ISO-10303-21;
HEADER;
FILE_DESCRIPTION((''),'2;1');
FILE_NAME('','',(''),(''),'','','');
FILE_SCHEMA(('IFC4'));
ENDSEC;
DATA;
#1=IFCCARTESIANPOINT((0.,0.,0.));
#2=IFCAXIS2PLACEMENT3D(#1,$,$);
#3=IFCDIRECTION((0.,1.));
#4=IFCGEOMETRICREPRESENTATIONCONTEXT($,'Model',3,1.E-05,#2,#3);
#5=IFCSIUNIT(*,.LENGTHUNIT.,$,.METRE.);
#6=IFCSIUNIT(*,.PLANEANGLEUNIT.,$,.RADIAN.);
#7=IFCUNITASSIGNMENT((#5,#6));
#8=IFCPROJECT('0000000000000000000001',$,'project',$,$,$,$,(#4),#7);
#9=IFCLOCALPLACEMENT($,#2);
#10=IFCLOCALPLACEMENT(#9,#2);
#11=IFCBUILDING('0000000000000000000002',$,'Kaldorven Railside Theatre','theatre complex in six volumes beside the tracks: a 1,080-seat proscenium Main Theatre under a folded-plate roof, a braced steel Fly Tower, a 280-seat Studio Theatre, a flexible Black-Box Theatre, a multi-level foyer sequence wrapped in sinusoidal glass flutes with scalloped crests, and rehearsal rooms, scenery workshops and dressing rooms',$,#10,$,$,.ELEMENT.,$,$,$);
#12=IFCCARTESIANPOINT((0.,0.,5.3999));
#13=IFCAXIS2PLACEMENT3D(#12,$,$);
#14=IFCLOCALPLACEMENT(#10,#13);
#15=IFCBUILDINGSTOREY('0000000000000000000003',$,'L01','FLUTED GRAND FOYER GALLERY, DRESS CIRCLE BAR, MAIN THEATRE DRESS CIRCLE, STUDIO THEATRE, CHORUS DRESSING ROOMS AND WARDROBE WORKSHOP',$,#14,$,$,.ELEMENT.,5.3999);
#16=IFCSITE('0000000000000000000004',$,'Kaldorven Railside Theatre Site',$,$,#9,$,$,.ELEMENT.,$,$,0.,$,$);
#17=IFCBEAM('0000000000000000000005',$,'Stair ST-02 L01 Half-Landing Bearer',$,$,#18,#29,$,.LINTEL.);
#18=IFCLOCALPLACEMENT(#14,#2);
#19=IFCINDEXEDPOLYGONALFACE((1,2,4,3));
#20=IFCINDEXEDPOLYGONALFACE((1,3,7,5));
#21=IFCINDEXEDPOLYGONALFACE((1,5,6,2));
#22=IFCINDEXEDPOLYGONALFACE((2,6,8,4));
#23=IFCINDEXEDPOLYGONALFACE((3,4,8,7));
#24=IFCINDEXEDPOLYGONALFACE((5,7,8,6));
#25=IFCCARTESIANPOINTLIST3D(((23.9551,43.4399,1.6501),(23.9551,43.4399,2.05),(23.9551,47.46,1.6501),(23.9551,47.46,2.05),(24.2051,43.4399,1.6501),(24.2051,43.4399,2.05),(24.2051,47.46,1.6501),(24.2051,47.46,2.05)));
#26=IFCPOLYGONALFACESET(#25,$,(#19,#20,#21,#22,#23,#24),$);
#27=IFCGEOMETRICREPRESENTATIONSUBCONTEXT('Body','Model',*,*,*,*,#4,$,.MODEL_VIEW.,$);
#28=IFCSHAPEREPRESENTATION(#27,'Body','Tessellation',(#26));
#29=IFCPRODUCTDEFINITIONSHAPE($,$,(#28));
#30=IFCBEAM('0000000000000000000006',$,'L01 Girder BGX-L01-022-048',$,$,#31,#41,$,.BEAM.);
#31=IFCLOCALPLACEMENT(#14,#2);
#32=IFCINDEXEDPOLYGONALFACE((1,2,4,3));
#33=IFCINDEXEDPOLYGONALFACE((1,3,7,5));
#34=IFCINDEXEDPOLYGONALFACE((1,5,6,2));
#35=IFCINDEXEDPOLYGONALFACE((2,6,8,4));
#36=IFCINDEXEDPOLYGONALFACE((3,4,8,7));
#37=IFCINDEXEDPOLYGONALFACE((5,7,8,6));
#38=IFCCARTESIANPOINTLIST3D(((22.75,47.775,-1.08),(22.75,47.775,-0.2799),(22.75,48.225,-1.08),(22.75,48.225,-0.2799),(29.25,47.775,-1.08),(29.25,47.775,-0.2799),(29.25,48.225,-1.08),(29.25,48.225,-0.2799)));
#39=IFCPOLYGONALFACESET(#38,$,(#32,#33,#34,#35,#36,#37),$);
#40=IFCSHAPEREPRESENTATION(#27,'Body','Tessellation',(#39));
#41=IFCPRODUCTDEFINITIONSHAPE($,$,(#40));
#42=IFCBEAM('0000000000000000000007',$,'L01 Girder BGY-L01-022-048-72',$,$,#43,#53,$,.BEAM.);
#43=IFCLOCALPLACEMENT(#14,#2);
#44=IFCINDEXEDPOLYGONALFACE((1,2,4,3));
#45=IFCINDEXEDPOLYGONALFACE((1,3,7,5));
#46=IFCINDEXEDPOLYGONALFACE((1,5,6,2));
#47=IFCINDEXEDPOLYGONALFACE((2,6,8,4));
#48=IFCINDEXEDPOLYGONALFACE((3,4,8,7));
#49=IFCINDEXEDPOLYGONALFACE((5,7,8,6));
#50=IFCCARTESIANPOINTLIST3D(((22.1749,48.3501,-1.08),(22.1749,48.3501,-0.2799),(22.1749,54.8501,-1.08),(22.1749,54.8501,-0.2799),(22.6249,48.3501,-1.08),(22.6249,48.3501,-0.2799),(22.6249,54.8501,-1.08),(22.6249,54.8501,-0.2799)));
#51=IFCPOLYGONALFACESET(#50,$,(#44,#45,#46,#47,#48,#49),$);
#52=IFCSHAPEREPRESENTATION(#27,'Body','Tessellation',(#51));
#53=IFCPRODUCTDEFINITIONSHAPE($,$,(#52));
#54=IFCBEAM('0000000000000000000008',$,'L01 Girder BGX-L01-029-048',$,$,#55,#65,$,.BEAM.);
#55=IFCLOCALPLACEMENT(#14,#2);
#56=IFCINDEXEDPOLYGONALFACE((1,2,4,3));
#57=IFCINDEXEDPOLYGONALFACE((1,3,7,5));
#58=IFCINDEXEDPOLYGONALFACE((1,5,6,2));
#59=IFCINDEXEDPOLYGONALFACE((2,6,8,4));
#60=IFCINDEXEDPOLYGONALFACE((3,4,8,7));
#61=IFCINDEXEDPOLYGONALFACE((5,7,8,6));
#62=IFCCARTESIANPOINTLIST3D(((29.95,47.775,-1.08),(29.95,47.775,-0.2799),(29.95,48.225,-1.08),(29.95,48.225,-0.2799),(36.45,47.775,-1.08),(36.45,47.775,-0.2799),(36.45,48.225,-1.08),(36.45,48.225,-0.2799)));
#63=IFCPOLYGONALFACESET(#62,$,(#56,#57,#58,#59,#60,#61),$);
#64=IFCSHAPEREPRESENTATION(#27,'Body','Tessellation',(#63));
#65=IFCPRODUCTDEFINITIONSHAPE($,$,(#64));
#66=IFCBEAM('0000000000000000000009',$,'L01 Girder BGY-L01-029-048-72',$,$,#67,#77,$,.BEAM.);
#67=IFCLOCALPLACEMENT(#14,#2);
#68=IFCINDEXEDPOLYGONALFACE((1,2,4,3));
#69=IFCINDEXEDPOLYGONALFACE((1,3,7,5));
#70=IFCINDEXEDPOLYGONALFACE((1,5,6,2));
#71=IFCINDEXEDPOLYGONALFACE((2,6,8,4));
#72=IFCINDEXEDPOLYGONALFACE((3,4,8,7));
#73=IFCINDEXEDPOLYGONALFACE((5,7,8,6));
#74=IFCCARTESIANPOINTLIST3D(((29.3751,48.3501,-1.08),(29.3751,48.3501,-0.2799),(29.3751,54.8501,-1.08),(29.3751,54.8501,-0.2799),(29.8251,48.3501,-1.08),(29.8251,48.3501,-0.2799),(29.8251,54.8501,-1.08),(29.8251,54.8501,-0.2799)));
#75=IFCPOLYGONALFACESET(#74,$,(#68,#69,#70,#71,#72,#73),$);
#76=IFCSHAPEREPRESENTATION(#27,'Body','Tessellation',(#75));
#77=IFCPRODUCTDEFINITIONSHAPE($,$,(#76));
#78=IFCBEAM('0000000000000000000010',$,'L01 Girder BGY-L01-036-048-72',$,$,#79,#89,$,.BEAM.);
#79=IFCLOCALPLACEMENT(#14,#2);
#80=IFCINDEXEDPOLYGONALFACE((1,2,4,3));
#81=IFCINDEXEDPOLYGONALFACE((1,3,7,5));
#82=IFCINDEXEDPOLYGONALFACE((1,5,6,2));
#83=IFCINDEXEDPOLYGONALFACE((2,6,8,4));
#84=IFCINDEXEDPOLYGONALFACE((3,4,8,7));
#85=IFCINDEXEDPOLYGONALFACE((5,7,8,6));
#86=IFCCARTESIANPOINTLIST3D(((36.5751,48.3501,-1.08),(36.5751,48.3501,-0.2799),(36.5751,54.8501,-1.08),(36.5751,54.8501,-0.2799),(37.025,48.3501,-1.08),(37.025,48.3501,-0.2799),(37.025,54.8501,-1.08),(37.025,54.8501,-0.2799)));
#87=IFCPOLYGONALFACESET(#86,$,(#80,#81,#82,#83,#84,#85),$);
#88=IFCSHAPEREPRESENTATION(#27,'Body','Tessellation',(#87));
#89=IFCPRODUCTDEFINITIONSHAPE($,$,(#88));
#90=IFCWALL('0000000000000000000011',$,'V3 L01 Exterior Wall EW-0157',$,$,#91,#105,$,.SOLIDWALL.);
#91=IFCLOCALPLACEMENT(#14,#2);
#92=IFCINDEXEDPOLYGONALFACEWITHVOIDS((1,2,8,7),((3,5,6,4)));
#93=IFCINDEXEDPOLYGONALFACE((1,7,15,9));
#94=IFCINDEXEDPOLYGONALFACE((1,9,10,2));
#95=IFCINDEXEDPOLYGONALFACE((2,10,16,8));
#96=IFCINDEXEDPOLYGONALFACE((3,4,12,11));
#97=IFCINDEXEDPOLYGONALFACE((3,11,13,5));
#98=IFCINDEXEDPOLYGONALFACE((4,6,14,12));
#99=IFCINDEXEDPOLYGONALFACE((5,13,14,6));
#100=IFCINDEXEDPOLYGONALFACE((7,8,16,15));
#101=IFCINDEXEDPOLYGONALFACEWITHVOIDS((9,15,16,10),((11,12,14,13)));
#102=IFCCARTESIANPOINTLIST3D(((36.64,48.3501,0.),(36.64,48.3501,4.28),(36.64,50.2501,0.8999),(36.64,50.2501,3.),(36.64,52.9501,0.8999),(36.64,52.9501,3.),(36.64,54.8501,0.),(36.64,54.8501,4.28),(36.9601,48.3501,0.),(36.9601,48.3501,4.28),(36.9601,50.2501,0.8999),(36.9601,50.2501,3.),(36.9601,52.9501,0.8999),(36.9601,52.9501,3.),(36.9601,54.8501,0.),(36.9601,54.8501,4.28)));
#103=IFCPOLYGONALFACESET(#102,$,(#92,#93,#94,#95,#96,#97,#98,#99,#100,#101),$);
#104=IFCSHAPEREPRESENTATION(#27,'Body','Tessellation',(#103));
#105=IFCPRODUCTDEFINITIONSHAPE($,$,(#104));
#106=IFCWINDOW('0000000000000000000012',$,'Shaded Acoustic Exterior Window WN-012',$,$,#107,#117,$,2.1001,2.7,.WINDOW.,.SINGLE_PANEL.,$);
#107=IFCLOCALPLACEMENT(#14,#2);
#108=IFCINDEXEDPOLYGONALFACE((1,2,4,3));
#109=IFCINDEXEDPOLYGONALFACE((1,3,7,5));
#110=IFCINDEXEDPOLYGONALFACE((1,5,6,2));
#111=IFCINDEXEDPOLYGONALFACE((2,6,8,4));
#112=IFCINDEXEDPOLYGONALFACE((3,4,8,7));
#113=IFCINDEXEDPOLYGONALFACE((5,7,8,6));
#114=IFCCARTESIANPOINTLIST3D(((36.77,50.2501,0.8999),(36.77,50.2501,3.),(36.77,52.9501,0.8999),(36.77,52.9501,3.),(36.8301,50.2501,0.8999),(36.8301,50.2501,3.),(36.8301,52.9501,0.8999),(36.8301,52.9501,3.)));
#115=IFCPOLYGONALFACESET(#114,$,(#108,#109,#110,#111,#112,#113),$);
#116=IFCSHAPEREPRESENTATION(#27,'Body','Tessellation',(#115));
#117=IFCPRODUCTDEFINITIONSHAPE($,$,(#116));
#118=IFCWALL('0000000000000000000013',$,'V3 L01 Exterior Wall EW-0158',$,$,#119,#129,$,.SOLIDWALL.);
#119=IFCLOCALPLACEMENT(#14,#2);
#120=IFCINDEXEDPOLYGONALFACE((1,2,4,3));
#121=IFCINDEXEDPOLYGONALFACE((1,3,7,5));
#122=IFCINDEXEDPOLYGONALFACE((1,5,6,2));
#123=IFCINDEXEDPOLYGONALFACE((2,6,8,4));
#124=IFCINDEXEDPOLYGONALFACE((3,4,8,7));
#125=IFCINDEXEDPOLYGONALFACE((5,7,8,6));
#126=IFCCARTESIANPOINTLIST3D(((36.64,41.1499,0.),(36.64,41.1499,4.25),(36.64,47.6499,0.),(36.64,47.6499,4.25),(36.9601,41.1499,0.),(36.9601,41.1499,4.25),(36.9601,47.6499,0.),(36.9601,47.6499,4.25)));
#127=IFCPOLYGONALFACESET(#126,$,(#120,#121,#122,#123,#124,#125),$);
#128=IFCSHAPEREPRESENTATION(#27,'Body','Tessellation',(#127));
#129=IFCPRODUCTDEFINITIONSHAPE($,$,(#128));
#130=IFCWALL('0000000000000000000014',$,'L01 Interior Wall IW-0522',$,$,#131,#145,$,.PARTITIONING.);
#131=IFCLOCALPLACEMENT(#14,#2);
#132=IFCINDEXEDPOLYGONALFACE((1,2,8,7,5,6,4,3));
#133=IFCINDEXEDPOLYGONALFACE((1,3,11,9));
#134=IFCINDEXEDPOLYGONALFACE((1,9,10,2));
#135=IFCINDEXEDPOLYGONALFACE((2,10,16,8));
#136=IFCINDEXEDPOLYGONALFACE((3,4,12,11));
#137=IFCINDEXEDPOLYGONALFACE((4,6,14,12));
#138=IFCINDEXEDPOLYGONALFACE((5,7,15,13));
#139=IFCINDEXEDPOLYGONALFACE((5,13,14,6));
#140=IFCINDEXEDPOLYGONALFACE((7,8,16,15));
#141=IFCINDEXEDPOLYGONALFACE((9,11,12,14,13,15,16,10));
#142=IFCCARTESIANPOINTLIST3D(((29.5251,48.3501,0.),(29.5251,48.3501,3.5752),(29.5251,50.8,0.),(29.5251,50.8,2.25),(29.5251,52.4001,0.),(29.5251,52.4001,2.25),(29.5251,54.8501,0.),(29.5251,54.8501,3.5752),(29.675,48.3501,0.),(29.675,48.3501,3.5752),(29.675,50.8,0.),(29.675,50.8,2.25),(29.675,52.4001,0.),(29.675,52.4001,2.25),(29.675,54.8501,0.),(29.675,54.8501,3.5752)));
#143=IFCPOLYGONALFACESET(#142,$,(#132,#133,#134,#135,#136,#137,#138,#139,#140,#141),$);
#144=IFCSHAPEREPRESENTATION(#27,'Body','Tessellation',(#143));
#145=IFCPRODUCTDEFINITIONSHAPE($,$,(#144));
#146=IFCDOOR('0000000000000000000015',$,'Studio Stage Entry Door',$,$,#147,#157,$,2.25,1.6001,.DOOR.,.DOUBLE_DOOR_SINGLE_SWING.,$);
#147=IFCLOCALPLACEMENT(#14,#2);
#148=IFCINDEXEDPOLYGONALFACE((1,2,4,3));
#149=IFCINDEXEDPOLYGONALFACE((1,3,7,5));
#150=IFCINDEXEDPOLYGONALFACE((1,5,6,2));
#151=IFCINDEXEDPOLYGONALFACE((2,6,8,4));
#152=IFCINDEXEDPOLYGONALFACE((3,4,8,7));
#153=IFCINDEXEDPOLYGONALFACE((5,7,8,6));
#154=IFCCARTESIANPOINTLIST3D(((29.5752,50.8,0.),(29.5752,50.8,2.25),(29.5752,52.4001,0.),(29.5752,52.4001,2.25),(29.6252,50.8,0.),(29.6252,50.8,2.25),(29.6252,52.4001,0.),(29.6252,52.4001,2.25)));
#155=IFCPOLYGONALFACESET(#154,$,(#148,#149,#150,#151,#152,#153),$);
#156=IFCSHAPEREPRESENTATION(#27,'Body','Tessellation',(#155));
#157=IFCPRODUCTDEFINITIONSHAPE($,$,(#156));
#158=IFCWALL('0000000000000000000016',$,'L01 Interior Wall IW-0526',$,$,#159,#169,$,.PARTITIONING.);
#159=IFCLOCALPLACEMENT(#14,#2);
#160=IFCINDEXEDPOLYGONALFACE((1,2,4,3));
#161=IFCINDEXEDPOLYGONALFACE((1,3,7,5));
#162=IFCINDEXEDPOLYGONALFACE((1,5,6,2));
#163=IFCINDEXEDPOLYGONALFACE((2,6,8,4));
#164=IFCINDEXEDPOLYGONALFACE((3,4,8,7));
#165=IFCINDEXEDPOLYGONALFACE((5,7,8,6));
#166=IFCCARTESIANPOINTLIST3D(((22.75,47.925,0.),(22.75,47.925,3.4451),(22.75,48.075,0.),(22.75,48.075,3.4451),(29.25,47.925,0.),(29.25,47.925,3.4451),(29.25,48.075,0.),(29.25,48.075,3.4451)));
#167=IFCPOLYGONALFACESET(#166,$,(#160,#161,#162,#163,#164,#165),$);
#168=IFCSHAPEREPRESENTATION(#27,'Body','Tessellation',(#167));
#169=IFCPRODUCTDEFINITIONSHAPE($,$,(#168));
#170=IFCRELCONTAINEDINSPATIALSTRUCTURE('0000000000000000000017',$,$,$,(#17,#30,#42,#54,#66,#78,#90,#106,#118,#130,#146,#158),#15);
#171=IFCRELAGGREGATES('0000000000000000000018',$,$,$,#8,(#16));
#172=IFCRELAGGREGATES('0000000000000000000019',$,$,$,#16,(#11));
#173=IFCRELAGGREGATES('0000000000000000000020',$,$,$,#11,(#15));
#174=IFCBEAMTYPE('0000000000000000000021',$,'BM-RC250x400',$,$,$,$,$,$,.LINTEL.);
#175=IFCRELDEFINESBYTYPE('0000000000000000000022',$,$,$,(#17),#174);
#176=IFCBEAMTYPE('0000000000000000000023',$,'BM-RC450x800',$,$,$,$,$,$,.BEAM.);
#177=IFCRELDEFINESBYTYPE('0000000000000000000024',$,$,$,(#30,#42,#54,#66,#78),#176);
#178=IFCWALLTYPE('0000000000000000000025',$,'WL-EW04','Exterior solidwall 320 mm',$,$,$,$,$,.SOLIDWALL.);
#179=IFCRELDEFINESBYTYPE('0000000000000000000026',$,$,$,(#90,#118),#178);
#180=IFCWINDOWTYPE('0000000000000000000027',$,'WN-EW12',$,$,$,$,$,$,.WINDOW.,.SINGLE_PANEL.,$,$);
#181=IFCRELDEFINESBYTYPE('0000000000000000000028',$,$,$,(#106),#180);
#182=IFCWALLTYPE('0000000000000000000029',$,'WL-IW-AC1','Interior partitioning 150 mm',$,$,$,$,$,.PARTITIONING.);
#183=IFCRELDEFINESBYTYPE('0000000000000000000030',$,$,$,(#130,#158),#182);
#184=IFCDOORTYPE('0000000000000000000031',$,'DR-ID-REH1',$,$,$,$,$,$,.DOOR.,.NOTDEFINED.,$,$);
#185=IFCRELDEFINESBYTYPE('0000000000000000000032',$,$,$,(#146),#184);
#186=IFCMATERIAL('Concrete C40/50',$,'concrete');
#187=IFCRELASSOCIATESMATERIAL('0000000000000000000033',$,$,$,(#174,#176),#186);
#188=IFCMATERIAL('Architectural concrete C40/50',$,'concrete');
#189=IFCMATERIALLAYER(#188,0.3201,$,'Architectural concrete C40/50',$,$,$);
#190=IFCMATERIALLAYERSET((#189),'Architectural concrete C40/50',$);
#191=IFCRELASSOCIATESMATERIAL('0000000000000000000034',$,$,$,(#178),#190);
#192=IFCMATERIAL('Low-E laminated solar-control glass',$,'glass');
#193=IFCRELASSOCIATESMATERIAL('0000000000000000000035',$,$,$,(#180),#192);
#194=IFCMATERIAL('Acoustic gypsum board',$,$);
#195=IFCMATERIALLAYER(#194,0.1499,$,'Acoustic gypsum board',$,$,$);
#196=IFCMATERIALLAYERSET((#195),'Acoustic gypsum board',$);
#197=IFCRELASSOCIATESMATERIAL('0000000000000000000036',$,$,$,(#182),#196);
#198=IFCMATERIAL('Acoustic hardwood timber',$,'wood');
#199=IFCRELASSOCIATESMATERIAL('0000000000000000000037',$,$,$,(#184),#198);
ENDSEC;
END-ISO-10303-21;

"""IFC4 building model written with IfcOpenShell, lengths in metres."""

from ifc_helpers import new_model, si_unit, direction, frame, frame_2d, origin, origin_2d, place, context, subcontext, project, spatial, rectangle, extrude, material, layer, layer_set, material_profile, profile_set, type_object, element, fill, save


model = new_model("IFC4")

# Units and contexts
model_context = context("Model", 3, precision=1e-05, world=origin(), true_north=direction((0.0, 1.0)))
body_context = subcontext(model_context, "Body", "Model", "MODEL_VIEW")
ifc_project = project(units=[si_unit("LENGTHUNIT", "METRE"), si_unit("PLANEANGLEUNIT", "RADIAN")], contexts=[model_context])

# Site, building, storey
site_placement = place(None, origin())
site = spatial("IfcSite", under=ifc_project, at=site_placement, Name="Kaldorven Railside Theatre Site", CompositionType="ELEMENT", RefElevation=0.0)
building_placement = place(site_placement, origin())
building = spatial("IfcBuilding", under=site, at=building_placement, Name="Kaldorven Railside Theatre", Description="theatre complex in six volumes beside the tracks: a 1,080-seat proscenium Main Theatre under a folded-plate roof, a braced steel Fly Tower, a 280-seat Studio Theatre, a flexible Black-Box Theatre, a multi-level foyer sequence wrapped in sinusoidal glass flutes with scalloped crests, and rehearsal rooms, scenery workshops and dressing rooms", CompositionType="ELEMENT")
storey_placement = place(building_placement, frame((0.0, 0.0, 5.3999)))
storey = spatial("IfcBuildingStorey", under=building, at=storey_placement, Name="L01", Description="FLUTED GRAND FOYER GALLERY, DRESS CIRCLE BAR, MAIN THEATRE DRESS CIRCLE, STUDIO THEATRE, CHORUS DRESSING ROOMS AND WARDROBE WORKSHOP", CompositionType="ELEMENT", Elevation=5.3999)

# Shared definitions
ifc_material_1 = material(Name="Concrete C40/50", Category="concrete")

# Beams
ifc_material_profile_1 = material_profile(ifc_material_1, rectangle(XDim=0.25, YDim=0.3999, at=origin_2d()), Name="RC 250x400")
ifc_profile_set_1 = profile_set([ifc_material_profile_1], Name="Concrete C40/50")
beam_type_1 = type_object("IfcBeamType", Name="BM-RC250x400", PredefinedType="LINTEL", material=ifc_profile_set_1)
for number, where, z_axis, x_axis, name in (
    (1, (24.0801, 43.4399, 1.8501), (0.0, 1.0, 0.0), (-1.0, 0.0, 0.0), "Stair ST-02 L01 Half-Landing Bearer"),
):
    element("IfcBeam", number, at=place(storey_placement, frame(where, z_axis=z_axis, x_axis=x_axis)), inside=storey, type_object=beam_type_1, Name=name, PredefinedType="LINTEL", context=body_context, shape_type="SweptSolid", body=[
        extrude(rectangle(XDim=0.25, YDim=0.3999, at=origin_2d()), origin(), (0.0, 0.0, 1.0), 4.02),
    ])
ifc_material_profile_2 = material_profile(ifc_material_1, rectangle(XDim=0.45, YDim=0.8, at=origin_2d()), Name="RC 450x800")
ifc_profile_set_2 = profile_set([ifc_material_profile_2], Name="Concrete C40/50")
beam_type_2 = type_object("IfcBeamType", Name="BM-RC450x800", PredefinedType="BEAM", material=ifc_profile_set_2)
for number, where, z_axis, x_axis, name in (
    (2, (22.75, 48.0, -0.6799), (1.0, 0.0, 0.0), (0.0, 1.0, 0.0), "L01 Girder BGX-L01-022-048"),
    (3, (22.3999, 48.3501, -0.6799), (0.0, 1.0, 0.0), (-1.0, 0.0, 0.0), "L01 Girder BGY-L01-022-048-72"),
    (4, (29.95, 48.0, -0.6799), (1.0, 0.0, 0.0), (0.0, 1.0, 0.0), "L01 Girder BGX-L01-029-048"),
    (5, (29.6001, 48.3501, -0.6799), (0.0, 1.0, 0.0), (-1.0, 0.0, 0.0), "L01 Girder BGY-L01-029-048-72"),
    (6, (36.8, 48.3501, -0.6799), (0.0, 1.0, 0.0), (-1.0, 0.0, 0.0), "L01 Girder BGY-L01-036-048-72"),
):
    element("IfcBeam", number, at=place(storey_placement, frame(where, z_axis=z_axis, x_axis=x_axis)), inside=storey, type_object=beam_type_2, Name=name, PredefinedType="BEAM", context=body_context, shape_type="SweptSolid", body=[
        extrude(rectangle(XDim=0.45, YDim=0.8, at=origin_2d()), origin(), (0.0, 0.0, 1.0), 6.5),
    ])

# Wall, opening, window
ifc_material_2 = material(Name="Architectural concrete C40/50", Category="concrete")
ifc_layer_1 = layer(ifc_material_2, 0.3201, Name="Architectural concrete C40/50")
ifc_layer_set_1 = layer_set([ifc_layer_1], Name="Architectural concrete C40/50")
wall_type_1 = type_object("IfcWallType", Name="WL-EW04", Description="Exterior solidwall 320 mm", PredefinedType="SOLIDWALL", material=ifc_layer_set_1)
wall_1_placement = place(storey_placement, frame((36.8, 54.8501, 0.0), z_axis=(0.0, 0.0, 1.0), x_axis=(0.0, -1.0, 0.0)))
wall_1 = element("IfcWall", 7, at=wall_1_placement, inside=storey, type_object=wall_type_1, Name="V3 L01 Exterior Wall EW-0157", PredefinedType="SOLIDWALL", context=body_context, shape_type="SweptSolid", body=[
    extrude(rectangle(XDim=6.5, YDim=0.3201, at=frame_2d((3.25, 0.0))), origin(), (0.0, 0.0, 1.0), 4.28),
])
opening_1_placement = place(wall_1_placement, frame((1.8999, 0.0, 0.8999)))
opening_1 = element("IfcOpeningElement", 8, at=opening_1_placement, cuts=wall_1, PredefinedType="OPENING", context=body_context, shape_type="SweptSolid", body=[
    extrude(rectangle(XDim=2.7, YDim=2.1001, at=frame_2d((1.3501, 1.05))), frame((0.0, 0.1699, 0.0), z_axis=(0.0, -1.0, 0.0), x_axis=(1.0, 0.0, 0.0)), (0.0, 0.0, 1.0), 0.3401),
])
ifc_material_3 = material(Name="Low-E laminated solar-control glass", Category="glass")
window_type = type_object("IfcWindowType", Name="WN-EW12", PartitioningType="SINGLE_PANEL", PredefinedType="WINDOW", material=ifc_material_3)
window_placement = place(opening_1_placement, origin())
window = element("IfcWindow", 9, at=window_placement, inside=storey, type_object=window_type, Name="Shaded Acoustic Exterior Window WN-012", OverallHeight=2.1001, OverallWidth=2.7, PartitioningType="SINGLE_PANEL", PredefinedType="WINDOW", context=body_context, shape_type="SweptSolid", body=[
    extrude(rectangle(XDim=2.7, YDim=2.1001, at=frame_2d((1.3501, 1.05))), frame((0.0, 0.03, 0.0), z_axis=(0.0, -1.0, 0.0), x_axis=(1.0, 0.0, 0.0)), (0.0, 0.0, 1.0), 0.0601),
])
fill(opening_1, window)

# Wall
wall_2_placement = place(storey_placement, frame((36.8, 47.6499, 0.0), z_axis=(0.0, 0.0, 1.0), x_axis=(0.0, -1.0, 0.0)))
element("IfcWall", 10, at=wall_2_placement, inside=storey, type_object=wall_type_1, Name="V3 L01 Exterior Wall EW-0158", PredefinedType="SOLIDWALL", context=body_context, shape_type="SweptSolid", body=[
    extrude(rectangle(XDim=6.5, YDim=0.3201, at=frame_2d((3.25, 0.0))), origin(), (0.0, 0.0, 1.0), 4.25),
])

# Wall, opening, door
ifc_material_4 = material(Name="Acoustic gypsum board")
ifc_layer_2 = layer(ifc_material_4, 0.1499, Name="Acoustic gypsum board")
ifc_layer_set_2 = layer_set([ifc_layer_2], Name="Acoustic gypsum board")
wall_type_2 = type_object("IfcWallType", Name="WL-IW-AC1", Description="Interior partitioning 150 mm", PredefinedType="PARTITIONING", material=ifc_layer_set_2)
wall_3_placement = place(storey_placement, frame((29.6001, 48.3501, 0.0), z_axis=(0.0, 0.0, 1.0), x_axis=(0.0, 1.0, 0.0)))
wall_3 = element("IfcWall", 11, at=wall_3_placement, inside=storey, type_object=wall_type_2, Name="L01 Interior Wall IW-0522", PredefinedType="PARTITIONING", context=body_context, shape_type="SweptSolid", body=[
    extrude(rectangle(XDim=6.5, YDim=0.1499, at=frame_2d((3.25, 0.0))), origin(), (0.0, 0.0, 1.0), 3.5752),
])
opening_2_placement = place(wall_3_placement, frame((2.45, 0.0, 0.0)))
opening_2 = element("IfcOpeningElement", 12, at=opening_2_placement, cuts=wall_3, PredefinedType="OPENING", context=body_context, shape_type="SweptSolid", body=[
    extrude(rectangle(XDim=1.6001, YDim=2.25, at=frame_2d((0.8, 1.125))), frame((0.0, 0.085, 0.0), z_axis=(0.0, -1.0, 0.0), x_axis=(1.0, 0.0, 0.0)), (0.0, 0.0, 1.0), 0.1699),
])
ifc_material_5 = material(Name="Acoustic hardwood timber", Category="wood")
door_type_1 = type_object("IfcDoorType", Name="DR-ID-REH1", OperationType="NOTDEFINED", PredefinedType="DOOR", material=ifc_material_5)
door_1_placement = place(opening_2_placement, origin())
door_1 = element("IfcDoor", 13, at=door_1_placement, inside=storey, type_object=door_type_1, Name="Studio Stage Entry Door", OperationType="DOUBLE_DOOR_SINGLE_SWING", OverallHeight=2.25, OverallWidth=1.6001, PredefinedType="DOOR", context=body_context, shape_type="SweptSolid", body=[
    extrude(rectangle(XDim=1.6001, YDim=2.25, at=frame_2d((0.8, 1.125))), frame((0.0, 0.0249, 0.0), z_axis=(0.0, -1.0, 0.0), x_axis=(1.0, 0.0, 0.0)), (0.0, 0.0, 1.0), 0.05),
])
fill(opening_2, door_1)

# Wall
wall_4_placement = place(storey_placement, frame((22.75, 48.0, 0.0), z_axis=(0.0, 0.0, 1.0), x_axis=(1.0, 0.0, 0.0)))
element("IfcWall", 14, at=wall_4_placement, inside=storey, type_object=wall_type_2, Name="L01 Interior Wall IW-0526", PredefinedType="PARTITIONING", context=body_context, shape_type="SweptSolid", body=[
    extrude(rectangle(XDim=6.5, YDim=0.1499, at=frame_2d((3.25, 0.0))), origin(), (0.0, 0.0, 1.0), 3.4451),
])

save(model, "model.ifc")
